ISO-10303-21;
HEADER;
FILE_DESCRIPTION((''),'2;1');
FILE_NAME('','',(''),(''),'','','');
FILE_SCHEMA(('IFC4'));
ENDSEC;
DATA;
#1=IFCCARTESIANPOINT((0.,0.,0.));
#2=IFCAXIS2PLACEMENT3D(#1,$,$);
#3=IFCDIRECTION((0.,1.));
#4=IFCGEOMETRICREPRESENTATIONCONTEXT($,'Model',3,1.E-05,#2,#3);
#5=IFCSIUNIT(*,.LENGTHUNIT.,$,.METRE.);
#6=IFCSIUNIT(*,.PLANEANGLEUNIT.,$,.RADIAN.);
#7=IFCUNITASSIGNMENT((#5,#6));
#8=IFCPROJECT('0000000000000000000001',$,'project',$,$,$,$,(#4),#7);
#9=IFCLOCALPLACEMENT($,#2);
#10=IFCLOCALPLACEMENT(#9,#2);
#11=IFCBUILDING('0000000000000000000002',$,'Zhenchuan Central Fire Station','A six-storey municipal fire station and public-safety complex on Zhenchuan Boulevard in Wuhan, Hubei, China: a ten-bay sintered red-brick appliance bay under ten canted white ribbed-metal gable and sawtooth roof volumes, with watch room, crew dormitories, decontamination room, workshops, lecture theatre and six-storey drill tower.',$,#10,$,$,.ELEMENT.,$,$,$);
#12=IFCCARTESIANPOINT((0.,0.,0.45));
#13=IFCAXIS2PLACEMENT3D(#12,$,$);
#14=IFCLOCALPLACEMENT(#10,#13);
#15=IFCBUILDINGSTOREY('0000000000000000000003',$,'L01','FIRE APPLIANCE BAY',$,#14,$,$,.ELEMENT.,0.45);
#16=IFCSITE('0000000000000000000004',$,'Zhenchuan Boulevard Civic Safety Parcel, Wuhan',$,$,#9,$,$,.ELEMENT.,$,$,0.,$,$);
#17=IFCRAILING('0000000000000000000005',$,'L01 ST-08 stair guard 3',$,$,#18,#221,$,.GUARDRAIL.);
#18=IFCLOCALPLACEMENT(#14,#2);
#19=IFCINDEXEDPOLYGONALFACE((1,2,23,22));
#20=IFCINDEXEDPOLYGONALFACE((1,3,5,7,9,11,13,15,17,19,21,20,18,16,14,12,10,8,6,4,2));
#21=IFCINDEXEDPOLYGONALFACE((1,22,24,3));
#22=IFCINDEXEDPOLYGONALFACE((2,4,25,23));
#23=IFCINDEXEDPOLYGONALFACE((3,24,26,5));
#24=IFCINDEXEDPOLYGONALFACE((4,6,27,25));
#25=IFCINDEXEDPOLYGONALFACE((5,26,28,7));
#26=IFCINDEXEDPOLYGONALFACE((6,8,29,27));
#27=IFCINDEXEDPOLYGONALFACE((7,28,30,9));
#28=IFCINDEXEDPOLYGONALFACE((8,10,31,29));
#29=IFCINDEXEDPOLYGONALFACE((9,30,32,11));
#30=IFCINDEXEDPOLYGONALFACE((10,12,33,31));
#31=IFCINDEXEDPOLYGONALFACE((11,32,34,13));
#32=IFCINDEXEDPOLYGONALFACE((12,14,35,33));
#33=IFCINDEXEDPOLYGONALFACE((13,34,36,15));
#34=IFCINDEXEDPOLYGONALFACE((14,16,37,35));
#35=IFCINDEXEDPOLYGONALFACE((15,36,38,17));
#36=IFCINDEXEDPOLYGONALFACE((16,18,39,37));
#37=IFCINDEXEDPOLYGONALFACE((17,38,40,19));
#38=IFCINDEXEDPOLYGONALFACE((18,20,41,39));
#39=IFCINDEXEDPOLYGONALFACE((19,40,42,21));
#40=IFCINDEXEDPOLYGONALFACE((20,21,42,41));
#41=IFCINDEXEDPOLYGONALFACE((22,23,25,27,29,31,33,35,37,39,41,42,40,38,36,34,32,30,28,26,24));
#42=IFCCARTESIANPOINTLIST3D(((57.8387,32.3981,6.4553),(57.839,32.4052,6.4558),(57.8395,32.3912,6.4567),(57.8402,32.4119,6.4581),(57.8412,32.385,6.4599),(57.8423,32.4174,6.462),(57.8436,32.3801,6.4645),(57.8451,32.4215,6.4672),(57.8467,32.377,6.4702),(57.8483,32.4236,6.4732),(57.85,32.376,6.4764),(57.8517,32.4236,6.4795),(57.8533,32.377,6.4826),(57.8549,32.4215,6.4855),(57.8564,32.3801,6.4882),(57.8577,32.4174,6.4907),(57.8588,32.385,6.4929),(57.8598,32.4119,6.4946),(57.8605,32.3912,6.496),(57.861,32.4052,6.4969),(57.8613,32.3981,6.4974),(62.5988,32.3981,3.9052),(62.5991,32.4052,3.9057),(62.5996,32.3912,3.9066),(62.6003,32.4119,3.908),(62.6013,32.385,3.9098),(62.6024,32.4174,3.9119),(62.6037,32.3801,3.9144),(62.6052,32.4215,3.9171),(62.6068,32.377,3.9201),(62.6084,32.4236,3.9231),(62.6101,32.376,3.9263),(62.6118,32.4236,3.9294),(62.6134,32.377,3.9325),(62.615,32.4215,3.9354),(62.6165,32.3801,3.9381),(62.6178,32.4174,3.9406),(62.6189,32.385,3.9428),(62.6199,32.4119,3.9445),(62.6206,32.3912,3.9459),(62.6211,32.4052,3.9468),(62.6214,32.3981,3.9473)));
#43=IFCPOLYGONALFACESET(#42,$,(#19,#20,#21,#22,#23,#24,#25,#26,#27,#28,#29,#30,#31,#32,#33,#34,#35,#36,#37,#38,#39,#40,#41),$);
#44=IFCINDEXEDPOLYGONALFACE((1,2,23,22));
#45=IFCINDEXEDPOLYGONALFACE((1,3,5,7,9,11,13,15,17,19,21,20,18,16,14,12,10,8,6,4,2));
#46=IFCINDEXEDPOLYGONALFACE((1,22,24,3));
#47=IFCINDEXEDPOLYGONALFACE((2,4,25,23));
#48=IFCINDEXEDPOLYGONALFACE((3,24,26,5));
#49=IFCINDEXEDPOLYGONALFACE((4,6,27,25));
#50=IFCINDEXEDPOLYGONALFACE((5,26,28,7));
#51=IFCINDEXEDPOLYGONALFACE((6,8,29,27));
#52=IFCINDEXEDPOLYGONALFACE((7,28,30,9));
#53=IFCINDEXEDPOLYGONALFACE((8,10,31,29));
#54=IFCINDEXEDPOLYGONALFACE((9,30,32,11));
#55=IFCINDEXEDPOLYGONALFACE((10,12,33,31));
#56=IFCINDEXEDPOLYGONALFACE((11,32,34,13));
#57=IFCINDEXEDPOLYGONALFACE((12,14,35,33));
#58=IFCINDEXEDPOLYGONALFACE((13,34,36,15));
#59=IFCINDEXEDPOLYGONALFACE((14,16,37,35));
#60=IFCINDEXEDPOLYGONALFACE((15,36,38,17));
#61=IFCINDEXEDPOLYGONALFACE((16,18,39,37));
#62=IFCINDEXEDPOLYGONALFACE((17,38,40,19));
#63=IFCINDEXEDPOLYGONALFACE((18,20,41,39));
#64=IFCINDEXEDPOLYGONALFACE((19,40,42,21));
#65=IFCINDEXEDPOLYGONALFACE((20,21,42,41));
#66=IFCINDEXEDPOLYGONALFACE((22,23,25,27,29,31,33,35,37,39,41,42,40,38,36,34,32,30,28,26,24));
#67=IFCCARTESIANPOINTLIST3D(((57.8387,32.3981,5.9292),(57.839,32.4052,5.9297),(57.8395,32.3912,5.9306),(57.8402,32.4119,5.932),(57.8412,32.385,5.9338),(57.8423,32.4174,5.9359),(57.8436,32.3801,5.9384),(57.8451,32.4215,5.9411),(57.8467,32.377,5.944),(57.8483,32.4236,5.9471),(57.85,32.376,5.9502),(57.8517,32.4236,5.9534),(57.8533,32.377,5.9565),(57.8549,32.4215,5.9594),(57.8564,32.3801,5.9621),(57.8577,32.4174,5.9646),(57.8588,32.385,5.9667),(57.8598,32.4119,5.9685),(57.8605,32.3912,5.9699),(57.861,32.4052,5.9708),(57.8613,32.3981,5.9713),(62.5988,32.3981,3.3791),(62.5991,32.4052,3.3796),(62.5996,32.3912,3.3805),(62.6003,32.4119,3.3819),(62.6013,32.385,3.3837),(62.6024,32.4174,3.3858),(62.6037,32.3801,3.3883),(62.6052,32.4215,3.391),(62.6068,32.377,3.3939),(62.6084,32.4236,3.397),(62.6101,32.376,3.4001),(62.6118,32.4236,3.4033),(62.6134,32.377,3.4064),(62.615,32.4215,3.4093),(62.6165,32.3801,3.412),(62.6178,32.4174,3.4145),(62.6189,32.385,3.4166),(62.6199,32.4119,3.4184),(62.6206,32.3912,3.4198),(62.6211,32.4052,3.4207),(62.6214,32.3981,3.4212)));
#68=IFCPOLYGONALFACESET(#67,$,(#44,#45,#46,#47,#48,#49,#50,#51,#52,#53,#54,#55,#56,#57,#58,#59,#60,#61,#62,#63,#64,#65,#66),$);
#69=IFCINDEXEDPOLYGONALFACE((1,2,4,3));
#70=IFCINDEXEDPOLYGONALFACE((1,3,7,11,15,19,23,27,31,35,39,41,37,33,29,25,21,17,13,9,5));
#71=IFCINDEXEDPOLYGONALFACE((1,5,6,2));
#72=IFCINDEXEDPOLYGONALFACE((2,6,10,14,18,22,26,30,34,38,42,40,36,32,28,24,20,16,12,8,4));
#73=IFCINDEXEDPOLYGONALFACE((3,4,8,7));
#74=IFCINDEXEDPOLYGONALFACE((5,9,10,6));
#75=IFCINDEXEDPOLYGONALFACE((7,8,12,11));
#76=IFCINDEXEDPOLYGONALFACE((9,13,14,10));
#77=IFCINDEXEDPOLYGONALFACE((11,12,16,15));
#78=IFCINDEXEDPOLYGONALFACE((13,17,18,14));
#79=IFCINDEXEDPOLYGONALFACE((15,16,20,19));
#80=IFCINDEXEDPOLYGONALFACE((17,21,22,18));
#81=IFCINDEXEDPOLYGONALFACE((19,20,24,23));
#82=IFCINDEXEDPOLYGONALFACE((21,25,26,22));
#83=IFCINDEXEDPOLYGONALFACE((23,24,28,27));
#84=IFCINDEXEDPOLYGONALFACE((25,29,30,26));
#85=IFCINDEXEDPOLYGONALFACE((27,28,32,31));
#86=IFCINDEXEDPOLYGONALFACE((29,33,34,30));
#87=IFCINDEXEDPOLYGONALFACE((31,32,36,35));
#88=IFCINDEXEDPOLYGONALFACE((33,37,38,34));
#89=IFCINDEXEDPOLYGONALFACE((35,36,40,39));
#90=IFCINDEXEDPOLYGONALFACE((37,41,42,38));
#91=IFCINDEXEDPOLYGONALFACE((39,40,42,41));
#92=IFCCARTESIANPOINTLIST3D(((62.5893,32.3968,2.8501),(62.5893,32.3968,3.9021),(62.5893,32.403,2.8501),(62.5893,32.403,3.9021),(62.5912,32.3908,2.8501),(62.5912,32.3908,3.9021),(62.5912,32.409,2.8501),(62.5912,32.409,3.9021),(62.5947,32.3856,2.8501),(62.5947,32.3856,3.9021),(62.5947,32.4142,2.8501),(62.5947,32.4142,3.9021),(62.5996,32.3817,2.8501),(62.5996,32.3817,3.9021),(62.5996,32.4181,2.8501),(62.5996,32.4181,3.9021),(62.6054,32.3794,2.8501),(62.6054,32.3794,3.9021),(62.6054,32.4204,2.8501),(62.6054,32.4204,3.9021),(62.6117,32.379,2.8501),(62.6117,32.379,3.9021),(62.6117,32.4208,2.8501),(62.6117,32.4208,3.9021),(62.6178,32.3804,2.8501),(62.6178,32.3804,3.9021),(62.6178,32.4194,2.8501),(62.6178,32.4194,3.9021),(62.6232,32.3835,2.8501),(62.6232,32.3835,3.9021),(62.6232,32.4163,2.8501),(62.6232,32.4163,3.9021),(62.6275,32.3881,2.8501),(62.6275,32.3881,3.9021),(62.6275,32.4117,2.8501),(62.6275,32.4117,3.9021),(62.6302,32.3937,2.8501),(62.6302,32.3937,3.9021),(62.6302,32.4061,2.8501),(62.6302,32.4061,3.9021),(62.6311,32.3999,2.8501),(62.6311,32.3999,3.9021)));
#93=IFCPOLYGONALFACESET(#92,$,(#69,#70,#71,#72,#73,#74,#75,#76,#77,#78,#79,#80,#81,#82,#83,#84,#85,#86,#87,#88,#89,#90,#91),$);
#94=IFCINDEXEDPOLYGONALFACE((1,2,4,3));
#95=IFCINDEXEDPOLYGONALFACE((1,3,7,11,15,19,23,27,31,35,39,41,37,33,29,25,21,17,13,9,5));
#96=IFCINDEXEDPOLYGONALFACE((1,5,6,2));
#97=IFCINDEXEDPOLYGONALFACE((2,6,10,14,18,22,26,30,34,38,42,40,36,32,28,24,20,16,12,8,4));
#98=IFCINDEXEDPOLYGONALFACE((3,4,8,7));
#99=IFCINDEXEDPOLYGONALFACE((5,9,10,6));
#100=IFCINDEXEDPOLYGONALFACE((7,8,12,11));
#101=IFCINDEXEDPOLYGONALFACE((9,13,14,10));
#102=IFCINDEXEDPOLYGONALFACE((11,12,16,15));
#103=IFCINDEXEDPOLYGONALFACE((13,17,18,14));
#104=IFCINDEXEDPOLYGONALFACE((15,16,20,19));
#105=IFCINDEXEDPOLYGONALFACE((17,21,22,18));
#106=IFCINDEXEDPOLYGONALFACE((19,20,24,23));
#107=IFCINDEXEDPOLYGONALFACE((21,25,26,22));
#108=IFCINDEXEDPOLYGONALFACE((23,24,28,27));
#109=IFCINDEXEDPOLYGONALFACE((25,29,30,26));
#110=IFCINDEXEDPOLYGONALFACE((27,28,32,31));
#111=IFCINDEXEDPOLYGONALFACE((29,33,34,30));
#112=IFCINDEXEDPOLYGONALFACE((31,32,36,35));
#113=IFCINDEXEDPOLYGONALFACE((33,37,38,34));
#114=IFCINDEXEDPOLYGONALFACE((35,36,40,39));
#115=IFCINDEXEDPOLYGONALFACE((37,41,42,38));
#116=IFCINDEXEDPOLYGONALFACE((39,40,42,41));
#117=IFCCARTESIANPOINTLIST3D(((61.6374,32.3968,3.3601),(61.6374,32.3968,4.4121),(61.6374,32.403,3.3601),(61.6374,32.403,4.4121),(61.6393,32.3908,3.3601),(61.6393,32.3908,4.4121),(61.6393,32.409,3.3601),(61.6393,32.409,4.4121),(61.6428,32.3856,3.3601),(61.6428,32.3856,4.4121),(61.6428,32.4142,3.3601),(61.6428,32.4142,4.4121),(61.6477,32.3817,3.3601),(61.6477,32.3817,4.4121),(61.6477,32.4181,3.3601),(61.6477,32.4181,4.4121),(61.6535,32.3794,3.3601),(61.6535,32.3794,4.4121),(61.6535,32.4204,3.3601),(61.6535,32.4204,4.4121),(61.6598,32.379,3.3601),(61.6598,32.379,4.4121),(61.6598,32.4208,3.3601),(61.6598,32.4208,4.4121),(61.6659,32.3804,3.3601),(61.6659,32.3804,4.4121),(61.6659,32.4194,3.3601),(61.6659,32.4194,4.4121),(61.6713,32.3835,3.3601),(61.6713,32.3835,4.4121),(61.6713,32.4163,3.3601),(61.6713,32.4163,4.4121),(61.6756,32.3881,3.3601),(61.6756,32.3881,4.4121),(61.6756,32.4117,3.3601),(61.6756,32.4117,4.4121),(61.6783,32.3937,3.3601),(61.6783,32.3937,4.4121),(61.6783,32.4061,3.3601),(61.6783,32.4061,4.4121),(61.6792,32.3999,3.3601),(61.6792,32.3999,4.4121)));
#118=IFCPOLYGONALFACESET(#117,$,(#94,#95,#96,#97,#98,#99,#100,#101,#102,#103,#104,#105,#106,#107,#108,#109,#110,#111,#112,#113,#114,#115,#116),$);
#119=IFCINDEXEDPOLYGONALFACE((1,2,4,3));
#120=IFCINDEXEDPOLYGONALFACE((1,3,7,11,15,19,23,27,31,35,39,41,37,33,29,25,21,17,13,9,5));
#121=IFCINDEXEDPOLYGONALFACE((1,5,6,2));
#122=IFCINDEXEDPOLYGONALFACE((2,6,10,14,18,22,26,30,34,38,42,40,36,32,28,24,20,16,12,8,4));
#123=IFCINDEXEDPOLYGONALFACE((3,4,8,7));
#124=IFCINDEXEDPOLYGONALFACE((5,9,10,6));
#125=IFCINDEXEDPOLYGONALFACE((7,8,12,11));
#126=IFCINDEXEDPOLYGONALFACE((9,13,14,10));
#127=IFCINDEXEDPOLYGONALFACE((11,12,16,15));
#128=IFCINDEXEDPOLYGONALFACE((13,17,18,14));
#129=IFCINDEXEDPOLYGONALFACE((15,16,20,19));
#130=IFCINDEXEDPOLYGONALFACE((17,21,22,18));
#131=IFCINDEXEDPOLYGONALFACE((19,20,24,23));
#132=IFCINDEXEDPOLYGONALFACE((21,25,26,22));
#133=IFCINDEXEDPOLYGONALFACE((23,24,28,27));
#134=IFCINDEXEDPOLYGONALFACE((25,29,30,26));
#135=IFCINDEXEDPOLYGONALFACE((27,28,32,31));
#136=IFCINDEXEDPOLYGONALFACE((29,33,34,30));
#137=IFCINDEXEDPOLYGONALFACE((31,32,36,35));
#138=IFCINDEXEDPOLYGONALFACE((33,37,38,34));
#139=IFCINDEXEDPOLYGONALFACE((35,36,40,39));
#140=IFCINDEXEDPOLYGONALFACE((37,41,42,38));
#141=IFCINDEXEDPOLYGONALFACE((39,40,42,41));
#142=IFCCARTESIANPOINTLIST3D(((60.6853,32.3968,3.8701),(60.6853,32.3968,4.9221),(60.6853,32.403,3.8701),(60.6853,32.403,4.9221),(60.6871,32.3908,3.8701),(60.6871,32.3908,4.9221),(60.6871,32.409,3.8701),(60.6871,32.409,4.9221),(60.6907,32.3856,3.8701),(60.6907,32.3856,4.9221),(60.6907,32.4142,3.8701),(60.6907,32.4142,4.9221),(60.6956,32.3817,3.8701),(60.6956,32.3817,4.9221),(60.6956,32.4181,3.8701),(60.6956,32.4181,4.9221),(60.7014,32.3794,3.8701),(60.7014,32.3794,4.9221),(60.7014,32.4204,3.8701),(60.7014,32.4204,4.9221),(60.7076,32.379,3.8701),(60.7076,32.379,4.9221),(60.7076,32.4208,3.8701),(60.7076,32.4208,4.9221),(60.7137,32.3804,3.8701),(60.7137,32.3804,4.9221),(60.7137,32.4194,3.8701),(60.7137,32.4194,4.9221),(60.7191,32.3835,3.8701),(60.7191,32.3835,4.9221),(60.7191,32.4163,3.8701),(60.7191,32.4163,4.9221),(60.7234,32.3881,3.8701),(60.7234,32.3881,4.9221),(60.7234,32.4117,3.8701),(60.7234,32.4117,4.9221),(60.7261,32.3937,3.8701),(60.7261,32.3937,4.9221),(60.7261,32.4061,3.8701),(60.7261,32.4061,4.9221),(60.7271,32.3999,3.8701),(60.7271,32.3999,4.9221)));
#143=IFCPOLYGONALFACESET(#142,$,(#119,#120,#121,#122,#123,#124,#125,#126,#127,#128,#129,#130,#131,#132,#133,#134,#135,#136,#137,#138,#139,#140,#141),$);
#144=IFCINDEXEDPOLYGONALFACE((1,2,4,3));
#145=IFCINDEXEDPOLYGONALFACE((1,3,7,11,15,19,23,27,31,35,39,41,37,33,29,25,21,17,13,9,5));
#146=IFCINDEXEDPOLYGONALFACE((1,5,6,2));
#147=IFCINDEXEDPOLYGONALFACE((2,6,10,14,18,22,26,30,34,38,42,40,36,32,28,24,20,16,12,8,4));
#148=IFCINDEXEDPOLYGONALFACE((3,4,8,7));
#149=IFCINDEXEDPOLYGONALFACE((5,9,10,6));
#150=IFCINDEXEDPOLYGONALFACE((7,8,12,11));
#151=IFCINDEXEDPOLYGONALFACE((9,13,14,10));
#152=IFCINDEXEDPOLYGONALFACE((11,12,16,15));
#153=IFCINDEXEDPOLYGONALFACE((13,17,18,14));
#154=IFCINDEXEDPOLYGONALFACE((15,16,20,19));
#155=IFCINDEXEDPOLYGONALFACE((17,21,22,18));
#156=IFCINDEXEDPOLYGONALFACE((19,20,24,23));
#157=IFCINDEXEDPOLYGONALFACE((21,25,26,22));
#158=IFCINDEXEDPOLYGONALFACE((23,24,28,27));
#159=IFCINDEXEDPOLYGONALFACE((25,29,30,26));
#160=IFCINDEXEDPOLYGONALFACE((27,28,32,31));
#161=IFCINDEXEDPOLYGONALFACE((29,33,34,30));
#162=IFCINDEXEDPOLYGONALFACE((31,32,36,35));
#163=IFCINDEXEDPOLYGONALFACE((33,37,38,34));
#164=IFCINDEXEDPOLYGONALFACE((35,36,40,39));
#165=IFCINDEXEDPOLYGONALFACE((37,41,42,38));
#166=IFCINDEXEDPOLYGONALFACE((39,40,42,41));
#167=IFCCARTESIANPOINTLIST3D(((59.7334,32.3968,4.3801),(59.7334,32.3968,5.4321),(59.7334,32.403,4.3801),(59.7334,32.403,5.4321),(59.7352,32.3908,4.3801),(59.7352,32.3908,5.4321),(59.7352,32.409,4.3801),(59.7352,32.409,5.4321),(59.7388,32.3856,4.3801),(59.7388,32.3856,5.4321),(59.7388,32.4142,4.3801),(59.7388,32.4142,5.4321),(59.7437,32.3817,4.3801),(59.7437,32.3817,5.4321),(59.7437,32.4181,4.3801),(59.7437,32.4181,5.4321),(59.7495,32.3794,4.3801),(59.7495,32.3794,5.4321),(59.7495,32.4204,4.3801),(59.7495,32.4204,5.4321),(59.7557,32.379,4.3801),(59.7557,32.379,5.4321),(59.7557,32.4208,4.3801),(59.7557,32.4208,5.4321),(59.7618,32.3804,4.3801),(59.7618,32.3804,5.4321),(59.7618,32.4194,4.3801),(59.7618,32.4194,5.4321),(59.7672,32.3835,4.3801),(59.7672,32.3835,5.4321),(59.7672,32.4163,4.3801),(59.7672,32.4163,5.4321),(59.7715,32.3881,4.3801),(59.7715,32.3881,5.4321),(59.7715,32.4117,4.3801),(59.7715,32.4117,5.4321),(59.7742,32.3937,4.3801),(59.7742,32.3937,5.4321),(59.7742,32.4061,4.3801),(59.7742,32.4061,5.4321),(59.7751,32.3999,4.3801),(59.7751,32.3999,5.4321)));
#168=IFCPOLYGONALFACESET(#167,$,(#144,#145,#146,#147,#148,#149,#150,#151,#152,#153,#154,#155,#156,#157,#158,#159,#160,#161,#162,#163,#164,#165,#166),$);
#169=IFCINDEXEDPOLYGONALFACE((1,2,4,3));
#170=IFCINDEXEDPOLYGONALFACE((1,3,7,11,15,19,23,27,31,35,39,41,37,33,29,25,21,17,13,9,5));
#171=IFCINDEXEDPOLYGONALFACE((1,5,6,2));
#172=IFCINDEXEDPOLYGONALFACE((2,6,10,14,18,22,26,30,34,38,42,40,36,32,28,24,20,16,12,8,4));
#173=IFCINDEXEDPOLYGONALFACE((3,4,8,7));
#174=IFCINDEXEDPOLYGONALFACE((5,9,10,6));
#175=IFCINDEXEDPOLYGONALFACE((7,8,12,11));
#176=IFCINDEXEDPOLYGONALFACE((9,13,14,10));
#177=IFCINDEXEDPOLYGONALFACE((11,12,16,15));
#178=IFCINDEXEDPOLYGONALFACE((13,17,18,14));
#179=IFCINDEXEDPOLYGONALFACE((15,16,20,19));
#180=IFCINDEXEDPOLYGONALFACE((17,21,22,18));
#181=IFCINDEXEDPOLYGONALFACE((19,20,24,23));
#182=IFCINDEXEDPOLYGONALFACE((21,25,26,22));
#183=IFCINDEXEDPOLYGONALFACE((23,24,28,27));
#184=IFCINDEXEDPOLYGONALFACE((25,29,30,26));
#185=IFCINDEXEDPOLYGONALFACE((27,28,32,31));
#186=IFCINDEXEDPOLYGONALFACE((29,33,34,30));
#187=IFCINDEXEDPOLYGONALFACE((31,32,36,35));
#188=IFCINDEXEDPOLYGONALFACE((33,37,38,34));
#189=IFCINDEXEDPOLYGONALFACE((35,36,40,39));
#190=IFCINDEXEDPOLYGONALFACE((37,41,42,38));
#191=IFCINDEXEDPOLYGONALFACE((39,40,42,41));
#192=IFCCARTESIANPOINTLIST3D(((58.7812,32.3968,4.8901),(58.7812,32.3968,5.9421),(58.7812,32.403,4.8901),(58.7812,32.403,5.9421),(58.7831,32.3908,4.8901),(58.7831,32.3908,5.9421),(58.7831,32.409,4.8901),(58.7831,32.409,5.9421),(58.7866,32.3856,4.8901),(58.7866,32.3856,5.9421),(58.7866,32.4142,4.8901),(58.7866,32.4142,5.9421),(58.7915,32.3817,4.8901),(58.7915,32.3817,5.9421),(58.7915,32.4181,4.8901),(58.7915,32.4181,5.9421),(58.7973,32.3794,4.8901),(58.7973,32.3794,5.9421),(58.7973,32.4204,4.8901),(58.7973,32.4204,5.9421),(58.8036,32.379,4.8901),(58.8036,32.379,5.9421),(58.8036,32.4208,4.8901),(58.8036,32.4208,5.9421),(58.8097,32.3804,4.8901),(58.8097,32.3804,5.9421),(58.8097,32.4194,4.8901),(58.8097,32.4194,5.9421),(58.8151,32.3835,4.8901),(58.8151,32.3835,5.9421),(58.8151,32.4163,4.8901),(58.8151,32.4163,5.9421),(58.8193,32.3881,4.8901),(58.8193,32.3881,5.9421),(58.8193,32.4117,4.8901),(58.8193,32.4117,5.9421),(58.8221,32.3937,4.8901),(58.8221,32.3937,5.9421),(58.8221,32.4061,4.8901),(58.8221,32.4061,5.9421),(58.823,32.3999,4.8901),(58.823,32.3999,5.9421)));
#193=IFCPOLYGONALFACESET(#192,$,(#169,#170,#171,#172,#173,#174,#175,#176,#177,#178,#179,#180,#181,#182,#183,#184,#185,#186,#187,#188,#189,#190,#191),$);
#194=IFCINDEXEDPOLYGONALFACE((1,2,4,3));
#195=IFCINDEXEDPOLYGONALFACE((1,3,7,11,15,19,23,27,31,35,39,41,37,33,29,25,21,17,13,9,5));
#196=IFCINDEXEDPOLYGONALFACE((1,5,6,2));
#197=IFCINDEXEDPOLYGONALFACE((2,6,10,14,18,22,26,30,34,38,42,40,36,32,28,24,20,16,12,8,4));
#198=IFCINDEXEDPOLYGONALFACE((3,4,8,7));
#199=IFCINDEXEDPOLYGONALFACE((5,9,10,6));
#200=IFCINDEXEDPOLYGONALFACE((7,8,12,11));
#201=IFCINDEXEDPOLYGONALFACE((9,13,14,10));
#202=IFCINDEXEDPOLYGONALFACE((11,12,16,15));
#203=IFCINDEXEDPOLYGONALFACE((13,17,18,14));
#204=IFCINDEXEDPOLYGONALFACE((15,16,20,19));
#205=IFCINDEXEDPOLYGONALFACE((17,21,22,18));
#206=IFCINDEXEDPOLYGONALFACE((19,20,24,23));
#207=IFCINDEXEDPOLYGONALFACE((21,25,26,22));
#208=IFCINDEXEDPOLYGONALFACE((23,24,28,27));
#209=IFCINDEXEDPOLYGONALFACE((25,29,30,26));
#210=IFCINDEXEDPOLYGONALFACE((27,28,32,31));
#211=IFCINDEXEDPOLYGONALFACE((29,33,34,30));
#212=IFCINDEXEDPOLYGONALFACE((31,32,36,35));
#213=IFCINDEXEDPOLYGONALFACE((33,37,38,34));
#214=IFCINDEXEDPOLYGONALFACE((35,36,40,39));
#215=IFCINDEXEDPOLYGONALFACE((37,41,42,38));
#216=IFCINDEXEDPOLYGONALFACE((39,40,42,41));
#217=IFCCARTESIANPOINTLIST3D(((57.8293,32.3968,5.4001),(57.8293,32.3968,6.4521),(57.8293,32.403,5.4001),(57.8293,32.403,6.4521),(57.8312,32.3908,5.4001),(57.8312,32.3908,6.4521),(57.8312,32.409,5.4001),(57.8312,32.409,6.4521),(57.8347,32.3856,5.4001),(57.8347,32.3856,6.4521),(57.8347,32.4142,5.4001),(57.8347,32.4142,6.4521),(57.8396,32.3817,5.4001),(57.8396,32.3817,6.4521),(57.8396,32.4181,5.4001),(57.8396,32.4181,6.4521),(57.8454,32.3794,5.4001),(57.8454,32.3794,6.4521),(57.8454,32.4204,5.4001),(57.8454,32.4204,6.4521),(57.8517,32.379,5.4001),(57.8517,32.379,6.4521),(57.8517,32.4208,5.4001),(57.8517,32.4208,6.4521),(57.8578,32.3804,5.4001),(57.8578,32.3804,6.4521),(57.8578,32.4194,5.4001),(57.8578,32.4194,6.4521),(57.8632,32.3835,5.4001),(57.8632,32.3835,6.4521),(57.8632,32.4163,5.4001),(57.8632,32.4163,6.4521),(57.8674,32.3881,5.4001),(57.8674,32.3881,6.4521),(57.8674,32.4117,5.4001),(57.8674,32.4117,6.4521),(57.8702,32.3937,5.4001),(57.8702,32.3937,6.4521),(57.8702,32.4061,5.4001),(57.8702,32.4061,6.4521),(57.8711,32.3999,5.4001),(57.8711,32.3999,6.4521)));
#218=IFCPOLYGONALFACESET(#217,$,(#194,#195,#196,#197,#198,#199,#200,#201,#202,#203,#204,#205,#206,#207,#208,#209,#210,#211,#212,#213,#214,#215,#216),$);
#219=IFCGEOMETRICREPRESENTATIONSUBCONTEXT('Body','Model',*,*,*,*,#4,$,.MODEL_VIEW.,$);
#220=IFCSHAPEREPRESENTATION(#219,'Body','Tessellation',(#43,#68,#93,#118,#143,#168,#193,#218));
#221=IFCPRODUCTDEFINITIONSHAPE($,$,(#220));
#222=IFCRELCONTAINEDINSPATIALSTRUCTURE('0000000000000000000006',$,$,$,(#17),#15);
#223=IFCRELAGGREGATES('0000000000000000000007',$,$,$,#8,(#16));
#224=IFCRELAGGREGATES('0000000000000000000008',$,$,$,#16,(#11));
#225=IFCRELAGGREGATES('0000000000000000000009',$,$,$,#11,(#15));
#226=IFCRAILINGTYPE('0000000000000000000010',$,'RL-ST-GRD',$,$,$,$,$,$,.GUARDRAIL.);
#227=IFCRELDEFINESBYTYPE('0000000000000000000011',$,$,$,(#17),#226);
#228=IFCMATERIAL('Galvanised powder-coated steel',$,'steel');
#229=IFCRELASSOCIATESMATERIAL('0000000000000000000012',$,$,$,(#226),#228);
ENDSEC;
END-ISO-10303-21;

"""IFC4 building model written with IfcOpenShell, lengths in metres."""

from ifc_helpers import new_model, si_unit, direction, frame, origin, origin_2d, place, context, subcontext, project, spatial, circle, extrude, material, type_object, element, save


model = new_model("IFC4")

# Units and contexts
model_context = context("Model", 3, precision=1e-05, world=origin(), true_north=direction((0.0, 1.0)))
body_context = subcontext(model_context, "Body", "Model", "MODEL_VIEW")
ifc_project = project(units=[si_unit("LENGTHUNIT", "METRE"), si_unit("PLANEANGLEUNIT", "RADIAN")], contexts=[model_context])

# Site, building, storey
site_placement = place(None, origin())
site = spatial("IfcSite", under=ifc_project, at=site_placement, Name="Zhenchuan Boulevard Civic Safety Parcel, Wuhan", CompositionType="ELEMENT", RefElevation=0.0)
building_placement = place(site_placement, origin())
building = spatial("IfcBuilding", under=site, at=building_placement, Name="Zhenchuan Central Fire Station", Description="A six-storey municipal fire station and public-safety complex on Zhenchuan Boulevard in Wuhan, Hubei, China: a ten-bay sintered red-brick appliance bay under ten canted white ribbed-metal gable and sawtooth roof volumes, with watch room, crew dormitories, decontamination room, workshops, lecture theatre and six-storey drill tower.", CompositionType="ELEMENT")
storey_placement = place(building_placement, frame((0.0, 0.0, 0.45)))
storey = spatial("IfcBuildingStorey", under=building, at=storey_placement, Name="L01", Description="FIRE APPLIANCE BAY", CompositionType="ELEMENT", Elevation=0.45)

# Railing
ifc_material_1 = material(Name="Galvanised powder-coated steel", Category="steel")
railing_type_1 = type_object("IfcRailingType", Name="RL-ST-GRD", PredefinedType="GUARDRAIL", material=ifc_material_1)
railing_1_placement = place(storey_placement, frame((62.6101, 32.3999, 2.8501)))
element("IfcRailing", 1, at=railing_1_placement, inside=storey, type_object=railing_type_1, Name="L01 ST-08 stair guard 3", PredefinedType="GUARDRAIL", context=body_context, shape_type="SweptSolid", body=[
    extrude(circle(Radius=0.0239, at=origin_2d()), frame((0.0, 0.0, 1.0762), z_axis=(-0.881477, 0.0, 0.472228), x_axis=(0.0, -1.0, 0.0)), (0.0, 0.0, 1.0), 5.4001),
    extrude(circle(Radius=0.0239, at=origin_2d()), frame((0.0, 0.0, 0.55), z_axis=(-0.881477, 0.0, 0.472228), x_axis=(0.0, -1.0, 0.0)), (0.0, 0.0, 1.0), 5.4001),
    extrude(circle(Radius=0.021, at=origin_2d()), origin(), (0.0, 0.0, 1.0), 1.052),
    extrude(circle(Radius=0.021, at=origin_2d()), frame((-0.9519, 0.0, 0.51)), (0.0, 0.0, 1.0), 1.052),
    extrude(circle(Radius=0.021, at=origin_2d()), frame((-1.9041, 0.0, 1.02)), (0.0, 0.0, 1.0), 1.052),
    extrude(circle(Radius=0.021, at=origin_2d()), frame((-2.856, 0.0, 1.53)), (0.0, 0.0, 1.0), 1.052),
    extrude(circle(Radius=0.021, at=origin_2d()), frame((-3.8081, 0.0, 2.04)), (0.0, 0.0, 1.0), 1.052),
    extrude(circle(Radius=0.021, at=origin_2d()), frame((-4.76, 0.0, 2.55)), (0.0, 0.0, 1.0), 1.052),
])

save(model, "model.ifc")
